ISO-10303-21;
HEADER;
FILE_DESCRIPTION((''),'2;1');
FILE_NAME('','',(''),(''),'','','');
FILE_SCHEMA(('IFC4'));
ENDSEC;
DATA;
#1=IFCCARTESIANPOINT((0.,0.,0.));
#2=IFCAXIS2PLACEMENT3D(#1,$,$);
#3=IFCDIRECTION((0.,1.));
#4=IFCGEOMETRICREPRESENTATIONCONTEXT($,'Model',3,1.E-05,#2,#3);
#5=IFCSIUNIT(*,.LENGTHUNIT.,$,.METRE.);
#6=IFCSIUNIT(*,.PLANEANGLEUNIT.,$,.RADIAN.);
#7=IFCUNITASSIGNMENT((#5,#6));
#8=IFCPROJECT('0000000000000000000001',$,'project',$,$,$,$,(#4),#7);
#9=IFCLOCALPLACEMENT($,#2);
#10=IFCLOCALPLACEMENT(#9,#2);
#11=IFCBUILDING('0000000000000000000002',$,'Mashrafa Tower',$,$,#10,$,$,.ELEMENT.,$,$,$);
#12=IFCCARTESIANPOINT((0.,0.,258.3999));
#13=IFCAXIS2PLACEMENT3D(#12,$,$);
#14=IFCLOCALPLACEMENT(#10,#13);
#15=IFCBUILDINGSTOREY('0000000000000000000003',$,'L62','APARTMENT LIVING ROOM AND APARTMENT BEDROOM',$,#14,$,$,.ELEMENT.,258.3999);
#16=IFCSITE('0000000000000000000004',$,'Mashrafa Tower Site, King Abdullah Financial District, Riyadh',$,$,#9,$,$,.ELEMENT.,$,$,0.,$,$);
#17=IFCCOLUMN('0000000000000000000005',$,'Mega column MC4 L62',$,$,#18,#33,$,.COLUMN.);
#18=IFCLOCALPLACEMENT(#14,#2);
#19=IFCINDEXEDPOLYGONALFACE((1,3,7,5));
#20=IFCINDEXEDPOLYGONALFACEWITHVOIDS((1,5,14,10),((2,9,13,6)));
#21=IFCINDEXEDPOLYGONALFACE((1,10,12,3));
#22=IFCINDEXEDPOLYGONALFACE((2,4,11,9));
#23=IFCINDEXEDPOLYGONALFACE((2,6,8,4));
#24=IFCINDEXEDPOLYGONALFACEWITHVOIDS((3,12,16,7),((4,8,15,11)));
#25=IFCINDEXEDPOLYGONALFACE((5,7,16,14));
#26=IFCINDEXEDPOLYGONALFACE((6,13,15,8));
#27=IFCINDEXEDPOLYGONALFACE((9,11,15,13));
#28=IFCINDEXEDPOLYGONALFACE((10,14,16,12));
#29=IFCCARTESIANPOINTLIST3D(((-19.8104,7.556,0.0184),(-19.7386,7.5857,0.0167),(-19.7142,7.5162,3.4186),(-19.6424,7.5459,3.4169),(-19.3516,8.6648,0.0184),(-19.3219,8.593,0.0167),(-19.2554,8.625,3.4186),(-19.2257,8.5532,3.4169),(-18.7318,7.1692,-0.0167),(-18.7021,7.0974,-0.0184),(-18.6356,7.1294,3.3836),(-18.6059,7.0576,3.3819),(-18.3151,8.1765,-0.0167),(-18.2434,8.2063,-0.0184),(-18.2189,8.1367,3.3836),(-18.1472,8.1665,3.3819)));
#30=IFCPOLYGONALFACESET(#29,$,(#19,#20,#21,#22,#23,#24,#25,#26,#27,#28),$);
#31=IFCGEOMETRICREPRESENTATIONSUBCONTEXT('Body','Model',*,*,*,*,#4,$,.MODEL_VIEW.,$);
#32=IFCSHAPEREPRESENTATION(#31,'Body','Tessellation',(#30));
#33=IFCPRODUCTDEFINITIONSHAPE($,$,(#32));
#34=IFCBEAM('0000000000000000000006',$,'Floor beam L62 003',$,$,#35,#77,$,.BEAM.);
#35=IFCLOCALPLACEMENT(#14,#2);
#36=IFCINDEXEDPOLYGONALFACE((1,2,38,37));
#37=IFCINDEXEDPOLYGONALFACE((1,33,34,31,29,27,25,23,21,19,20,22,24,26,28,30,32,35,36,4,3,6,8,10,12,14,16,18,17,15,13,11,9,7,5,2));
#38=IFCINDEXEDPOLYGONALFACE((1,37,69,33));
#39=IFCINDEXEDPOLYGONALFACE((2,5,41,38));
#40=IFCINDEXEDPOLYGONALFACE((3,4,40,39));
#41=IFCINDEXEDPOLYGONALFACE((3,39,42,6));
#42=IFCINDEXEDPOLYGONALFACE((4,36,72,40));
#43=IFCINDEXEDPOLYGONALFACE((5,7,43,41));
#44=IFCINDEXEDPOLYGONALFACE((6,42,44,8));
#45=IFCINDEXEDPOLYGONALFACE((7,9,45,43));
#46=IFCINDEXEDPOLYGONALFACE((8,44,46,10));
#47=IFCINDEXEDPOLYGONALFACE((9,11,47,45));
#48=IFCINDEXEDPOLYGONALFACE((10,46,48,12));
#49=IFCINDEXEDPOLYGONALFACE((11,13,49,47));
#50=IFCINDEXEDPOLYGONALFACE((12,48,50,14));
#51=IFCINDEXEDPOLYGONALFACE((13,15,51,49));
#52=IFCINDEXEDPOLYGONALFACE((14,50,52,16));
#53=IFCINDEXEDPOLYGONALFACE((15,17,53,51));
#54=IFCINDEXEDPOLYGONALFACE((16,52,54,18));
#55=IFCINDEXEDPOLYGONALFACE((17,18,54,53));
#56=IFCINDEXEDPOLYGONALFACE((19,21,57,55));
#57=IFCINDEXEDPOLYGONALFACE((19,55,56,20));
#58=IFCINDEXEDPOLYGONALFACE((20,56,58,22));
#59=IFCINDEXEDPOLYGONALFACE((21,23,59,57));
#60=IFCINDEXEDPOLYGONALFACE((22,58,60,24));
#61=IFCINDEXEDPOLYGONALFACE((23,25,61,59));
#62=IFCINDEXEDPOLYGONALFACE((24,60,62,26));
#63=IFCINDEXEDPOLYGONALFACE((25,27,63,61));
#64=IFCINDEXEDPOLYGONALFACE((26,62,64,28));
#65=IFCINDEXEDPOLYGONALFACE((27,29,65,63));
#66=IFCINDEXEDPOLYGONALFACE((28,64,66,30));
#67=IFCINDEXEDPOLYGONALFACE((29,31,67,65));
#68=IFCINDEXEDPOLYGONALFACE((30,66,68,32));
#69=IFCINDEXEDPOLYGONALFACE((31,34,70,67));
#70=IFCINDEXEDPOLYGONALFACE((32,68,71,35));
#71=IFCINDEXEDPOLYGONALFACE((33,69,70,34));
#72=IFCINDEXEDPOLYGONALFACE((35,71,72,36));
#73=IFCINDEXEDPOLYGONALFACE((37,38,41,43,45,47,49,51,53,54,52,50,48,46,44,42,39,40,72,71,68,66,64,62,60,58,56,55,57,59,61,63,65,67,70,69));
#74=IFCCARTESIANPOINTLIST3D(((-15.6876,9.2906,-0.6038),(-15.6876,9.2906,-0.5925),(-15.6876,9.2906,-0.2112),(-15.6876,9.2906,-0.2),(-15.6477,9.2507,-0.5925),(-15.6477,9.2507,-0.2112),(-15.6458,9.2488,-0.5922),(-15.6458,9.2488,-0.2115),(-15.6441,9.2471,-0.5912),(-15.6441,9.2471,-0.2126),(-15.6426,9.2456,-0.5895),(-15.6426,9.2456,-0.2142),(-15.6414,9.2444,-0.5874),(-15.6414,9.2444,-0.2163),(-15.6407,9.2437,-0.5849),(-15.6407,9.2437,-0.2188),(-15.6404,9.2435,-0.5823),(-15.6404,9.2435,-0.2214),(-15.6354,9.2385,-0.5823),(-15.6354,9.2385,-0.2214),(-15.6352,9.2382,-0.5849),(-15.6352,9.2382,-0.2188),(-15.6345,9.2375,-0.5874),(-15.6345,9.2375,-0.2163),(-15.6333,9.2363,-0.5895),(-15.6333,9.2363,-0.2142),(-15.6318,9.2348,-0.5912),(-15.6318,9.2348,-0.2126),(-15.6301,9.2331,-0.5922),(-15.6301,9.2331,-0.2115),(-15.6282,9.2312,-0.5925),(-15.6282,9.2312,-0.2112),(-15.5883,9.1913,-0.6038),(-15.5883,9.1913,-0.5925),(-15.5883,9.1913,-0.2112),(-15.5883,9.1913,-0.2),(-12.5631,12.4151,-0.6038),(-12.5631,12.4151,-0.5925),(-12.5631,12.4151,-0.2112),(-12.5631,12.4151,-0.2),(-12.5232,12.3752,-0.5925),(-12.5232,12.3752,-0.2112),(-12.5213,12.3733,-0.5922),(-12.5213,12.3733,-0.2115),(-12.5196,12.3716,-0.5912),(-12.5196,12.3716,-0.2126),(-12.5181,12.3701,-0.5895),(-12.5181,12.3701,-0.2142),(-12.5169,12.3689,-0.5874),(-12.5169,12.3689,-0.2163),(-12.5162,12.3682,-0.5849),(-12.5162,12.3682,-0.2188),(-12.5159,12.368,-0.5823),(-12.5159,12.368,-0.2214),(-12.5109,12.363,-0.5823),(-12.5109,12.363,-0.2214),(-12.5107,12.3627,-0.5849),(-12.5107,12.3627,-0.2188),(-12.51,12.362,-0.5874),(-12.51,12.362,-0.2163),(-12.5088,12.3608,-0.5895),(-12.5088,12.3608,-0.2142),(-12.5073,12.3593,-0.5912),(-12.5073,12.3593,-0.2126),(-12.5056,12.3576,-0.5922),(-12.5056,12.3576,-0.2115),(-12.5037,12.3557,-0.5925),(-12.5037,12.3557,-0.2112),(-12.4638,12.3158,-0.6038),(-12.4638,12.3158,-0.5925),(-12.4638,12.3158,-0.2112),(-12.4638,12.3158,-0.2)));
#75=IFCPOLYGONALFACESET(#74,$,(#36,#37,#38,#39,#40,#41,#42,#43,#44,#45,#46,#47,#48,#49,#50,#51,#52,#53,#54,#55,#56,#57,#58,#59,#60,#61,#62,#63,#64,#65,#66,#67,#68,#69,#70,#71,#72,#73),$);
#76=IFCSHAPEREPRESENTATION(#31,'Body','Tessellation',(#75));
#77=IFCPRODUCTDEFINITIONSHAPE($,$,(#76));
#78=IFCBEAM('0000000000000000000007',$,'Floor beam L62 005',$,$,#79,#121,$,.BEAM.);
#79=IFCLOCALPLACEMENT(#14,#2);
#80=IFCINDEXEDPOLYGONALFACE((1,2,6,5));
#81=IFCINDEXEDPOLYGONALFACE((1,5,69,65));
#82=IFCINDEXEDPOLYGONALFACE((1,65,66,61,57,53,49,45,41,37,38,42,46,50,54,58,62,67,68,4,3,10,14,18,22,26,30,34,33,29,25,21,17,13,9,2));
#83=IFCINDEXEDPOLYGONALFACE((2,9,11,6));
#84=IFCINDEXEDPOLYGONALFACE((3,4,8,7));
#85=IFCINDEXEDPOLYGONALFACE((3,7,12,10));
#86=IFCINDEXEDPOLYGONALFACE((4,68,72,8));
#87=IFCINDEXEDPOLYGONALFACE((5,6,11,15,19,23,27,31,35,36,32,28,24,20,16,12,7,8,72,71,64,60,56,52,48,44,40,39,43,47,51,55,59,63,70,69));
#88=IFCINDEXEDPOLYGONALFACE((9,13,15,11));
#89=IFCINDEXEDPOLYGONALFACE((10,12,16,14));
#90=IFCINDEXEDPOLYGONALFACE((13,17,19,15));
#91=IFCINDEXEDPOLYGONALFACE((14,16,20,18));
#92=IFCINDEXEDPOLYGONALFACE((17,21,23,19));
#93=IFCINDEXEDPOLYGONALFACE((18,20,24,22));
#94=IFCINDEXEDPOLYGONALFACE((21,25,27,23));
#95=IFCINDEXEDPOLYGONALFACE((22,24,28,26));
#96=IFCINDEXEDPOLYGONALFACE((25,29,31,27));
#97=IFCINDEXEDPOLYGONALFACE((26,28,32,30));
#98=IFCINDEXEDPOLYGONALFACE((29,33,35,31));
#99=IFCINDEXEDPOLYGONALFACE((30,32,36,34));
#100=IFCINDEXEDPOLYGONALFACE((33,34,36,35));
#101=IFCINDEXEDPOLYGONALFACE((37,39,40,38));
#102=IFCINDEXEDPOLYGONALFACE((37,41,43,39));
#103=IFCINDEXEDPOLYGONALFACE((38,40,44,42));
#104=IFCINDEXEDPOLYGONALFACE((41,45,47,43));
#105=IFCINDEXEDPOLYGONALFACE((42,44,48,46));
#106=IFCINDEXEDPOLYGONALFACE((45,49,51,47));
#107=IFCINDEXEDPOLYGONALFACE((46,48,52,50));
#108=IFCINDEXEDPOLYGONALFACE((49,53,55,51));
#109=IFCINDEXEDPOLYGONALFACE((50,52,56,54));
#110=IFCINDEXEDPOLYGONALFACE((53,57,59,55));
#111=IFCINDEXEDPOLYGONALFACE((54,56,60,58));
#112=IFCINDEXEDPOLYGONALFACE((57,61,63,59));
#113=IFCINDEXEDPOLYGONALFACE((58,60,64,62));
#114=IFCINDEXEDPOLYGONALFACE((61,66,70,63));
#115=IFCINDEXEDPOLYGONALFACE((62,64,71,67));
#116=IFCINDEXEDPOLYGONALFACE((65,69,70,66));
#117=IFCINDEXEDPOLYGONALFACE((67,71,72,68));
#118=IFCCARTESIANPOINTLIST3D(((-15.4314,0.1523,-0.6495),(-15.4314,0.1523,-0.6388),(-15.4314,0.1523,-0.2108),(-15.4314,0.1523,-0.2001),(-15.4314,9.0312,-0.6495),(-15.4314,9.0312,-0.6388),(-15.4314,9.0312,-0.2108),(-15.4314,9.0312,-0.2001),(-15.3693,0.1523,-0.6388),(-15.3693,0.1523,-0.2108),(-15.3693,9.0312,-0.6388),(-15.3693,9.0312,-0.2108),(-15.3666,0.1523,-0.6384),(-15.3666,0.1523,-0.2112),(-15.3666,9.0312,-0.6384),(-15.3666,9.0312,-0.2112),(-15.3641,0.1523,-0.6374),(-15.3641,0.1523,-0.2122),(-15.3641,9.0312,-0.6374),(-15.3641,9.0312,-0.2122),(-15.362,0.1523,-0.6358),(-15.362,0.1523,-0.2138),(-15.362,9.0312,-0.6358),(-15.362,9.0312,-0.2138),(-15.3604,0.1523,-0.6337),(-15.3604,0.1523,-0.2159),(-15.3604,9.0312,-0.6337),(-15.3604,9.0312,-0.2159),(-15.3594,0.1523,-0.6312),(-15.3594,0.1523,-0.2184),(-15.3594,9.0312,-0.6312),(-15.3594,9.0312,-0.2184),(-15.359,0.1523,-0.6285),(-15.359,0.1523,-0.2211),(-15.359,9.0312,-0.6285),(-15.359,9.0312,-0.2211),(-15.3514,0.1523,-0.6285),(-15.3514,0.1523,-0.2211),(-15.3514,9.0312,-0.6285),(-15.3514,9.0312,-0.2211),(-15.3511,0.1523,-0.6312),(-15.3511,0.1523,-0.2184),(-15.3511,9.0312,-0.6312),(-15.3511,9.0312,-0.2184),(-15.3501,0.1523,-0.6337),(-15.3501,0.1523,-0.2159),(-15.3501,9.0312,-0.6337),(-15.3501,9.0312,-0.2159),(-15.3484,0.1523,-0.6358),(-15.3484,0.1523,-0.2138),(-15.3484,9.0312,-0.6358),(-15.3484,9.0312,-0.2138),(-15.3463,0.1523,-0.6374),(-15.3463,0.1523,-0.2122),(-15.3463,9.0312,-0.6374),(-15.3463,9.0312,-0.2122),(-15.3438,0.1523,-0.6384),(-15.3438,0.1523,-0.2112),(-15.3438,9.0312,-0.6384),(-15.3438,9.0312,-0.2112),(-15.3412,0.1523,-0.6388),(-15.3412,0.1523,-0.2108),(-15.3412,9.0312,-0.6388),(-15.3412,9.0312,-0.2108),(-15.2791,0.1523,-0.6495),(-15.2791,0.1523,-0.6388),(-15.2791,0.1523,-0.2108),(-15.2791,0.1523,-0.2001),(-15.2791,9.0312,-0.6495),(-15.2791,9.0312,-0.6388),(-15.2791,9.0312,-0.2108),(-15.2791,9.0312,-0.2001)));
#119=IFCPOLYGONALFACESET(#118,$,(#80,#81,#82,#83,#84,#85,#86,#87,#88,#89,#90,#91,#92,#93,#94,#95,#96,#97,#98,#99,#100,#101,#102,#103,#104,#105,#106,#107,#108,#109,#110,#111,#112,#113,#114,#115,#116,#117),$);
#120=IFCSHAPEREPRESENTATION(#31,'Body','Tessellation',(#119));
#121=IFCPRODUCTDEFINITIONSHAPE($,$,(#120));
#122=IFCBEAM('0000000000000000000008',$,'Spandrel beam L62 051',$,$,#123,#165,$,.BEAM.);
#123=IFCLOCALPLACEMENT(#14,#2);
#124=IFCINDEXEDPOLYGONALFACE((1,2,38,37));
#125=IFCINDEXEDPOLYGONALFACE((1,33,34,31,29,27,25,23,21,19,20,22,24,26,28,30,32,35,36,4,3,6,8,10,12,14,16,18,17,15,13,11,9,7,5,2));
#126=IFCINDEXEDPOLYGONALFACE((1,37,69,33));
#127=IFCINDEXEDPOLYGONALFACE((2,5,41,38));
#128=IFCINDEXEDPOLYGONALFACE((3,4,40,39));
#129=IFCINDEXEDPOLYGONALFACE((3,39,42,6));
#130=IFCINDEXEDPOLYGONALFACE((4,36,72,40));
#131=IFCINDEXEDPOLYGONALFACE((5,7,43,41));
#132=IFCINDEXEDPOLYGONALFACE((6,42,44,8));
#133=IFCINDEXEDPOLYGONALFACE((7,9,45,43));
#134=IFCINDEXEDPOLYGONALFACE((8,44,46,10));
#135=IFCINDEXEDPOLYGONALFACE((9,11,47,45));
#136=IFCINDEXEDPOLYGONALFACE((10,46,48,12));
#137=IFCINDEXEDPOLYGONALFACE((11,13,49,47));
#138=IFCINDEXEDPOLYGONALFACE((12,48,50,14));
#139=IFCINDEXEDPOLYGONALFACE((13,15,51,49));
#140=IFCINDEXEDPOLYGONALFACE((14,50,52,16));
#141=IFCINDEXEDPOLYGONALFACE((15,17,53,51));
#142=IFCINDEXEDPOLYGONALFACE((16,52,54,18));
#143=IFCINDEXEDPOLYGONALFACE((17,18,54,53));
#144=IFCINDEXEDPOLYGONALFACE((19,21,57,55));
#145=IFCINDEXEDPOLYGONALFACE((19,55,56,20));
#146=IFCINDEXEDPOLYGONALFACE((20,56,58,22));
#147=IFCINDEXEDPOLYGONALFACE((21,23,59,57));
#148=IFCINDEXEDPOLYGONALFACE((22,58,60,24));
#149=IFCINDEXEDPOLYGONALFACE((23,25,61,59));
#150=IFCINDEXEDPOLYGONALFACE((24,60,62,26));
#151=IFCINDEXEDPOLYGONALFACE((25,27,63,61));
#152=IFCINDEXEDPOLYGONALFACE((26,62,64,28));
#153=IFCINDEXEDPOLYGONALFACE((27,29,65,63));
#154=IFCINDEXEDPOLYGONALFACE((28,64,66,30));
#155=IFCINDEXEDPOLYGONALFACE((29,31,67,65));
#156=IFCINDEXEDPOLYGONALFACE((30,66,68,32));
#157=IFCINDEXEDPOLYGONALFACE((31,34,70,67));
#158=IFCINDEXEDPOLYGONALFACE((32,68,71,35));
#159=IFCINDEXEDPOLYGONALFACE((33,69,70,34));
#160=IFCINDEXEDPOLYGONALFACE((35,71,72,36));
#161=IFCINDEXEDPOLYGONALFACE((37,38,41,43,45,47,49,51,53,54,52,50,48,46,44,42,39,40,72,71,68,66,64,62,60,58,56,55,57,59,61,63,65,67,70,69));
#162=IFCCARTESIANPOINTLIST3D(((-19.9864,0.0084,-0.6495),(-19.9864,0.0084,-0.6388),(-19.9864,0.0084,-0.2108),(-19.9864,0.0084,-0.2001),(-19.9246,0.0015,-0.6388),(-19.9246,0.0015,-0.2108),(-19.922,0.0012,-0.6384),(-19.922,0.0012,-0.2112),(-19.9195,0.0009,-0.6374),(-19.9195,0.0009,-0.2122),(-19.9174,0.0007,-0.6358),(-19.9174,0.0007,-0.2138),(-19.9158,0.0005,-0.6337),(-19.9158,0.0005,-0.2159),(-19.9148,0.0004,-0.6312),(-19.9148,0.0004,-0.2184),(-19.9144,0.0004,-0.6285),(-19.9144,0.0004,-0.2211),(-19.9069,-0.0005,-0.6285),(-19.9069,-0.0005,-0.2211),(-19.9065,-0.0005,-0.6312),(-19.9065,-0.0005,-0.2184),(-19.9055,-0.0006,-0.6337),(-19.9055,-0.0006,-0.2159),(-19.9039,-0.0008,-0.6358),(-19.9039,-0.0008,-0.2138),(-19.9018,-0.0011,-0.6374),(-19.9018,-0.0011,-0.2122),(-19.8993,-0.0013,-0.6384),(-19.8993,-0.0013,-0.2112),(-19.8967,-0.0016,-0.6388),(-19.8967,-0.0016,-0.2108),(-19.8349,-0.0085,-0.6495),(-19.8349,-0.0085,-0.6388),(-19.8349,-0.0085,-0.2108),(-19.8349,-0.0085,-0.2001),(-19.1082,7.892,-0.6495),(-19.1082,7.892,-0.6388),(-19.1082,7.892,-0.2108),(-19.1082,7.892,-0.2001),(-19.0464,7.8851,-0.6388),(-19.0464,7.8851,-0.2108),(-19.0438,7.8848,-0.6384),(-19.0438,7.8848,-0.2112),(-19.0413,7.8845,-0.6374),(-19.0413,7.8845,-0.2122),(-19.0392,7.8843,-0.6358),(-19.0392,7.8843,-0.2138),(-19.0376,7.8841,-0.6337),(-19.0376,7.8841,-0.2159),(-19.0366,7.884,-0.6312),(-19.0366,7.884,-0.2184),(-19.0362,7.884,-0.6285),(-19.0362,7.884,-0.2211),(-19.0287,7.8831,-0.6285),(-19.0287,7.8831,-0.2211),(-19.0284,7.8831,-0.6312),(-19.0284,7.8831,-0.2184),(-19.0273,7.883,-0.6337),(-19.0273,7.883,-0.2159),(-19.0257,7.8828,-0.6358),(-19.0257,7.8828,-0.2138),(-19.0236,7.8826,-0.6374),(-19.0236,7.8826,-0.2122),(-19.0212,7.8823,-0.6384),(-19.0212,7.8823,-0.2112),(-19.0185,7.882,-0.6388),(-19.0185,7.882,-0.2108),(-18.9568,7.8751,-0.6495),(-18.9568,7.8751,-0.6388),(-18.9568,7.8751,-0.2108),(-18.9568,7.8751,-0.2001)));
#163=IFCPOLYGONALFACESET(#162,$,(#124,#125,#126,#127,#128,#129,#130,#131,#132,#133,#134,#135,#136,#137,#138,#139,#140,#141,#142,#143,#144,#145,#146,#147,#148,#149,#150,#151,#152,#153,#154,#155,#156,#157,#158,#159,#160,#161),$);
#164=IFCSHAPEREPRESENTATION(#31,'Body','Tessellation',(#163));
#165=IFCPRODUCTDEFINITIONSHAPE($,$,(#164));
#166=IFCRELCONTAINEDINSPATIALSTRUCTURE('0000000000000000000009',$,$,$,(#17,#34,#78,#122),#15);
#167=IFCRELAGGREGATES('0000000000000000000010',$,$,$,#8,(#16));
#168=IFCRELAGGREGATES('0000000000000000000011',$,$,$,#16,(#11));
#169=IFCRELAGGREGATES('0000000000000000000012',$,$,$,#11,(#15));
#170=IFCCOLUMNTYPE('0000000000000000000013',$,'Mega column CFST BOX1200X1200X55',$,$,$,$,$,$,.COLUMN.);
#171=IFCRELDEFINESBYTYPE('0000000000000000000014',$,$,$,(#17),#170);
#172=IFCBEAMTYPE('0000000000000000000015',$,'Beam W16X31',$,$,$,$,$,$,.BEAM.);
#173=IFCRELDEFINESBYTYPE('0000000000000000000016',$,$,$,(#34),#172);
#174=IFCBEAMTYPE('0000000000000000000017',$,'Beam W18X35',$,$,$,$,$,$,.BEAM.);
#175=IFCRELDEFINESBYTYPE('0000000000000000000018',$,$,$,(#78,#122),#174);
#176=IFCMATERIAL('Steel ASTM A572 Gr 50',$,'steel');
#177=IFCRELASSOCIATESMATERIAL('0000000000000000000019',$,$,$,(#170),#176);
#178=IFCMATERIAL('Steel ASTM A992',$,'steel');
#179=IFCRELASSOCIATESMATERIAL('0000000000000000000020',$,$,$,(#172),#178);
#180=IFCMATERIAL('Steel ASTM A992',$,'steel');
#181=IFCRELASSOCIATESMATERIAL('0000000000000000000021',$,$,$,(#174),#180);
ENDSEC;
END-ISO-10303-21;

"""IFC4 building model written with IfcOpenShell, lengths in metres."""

from ifc_helpers import new_model, si_unit, direction, frame, origin, origin_2d, place, context, subcontext, project, spatial, hollow_rectangle, i_section, extrude, material, material_profile, profile_set, type_object, element, save


model = new_model("IFC4")

# Units and contexts
model_context = context("Model", 3, precision=1e-05, world=origin(), true_north=direction((0.0, 1.0)))
body_context = subcontext(model_context, "Body", "Model", "MODEL_VIEW")
ifc_project = project(units=[si_unit("LENGTHUNIT", "METRE"), si_unit("PLANEANGLEUNIT", "RADIAN")], contexts=[model_context])

# Site, building, storey
site_placement = place(None, origin())
site = spatial("IfcSite", under=ifc_project, at=site_placement, Name="Mashrafa Tower Site, King Abdullah Financial District, Riyadh", CompositionType="ELEMENT", RefElevation=0.0)
building_placement = place(site_placement, origin())
building = spatial("IfcBuilding", under=site, at=building_placement, Name="Mashrafa Tower", CompositionType="ELEMENT")
storey_placement = place(building_placement, frame((0.0, 0.0, 258.3999)))
storey = spatial("IfcBuildingStorey", under=building, at=storey_placement, Name="L62", Description="APARTMENT LIVING ROOM AND APARTMENT BEDROOM", CompositionType="ELEMENT", Elevation=258.3999)

# Column
ifc_material_1 = material(Name="Steel ASTM A572 Gr 50", Category="steel")
ifc_material_profile_1 = material_profile(ifc_material_1, hollow_rectangle(XDim=1.2, YDim=1.2, WallThickness=0.0549, at=origin_2d()), Name="BOX1200X1200X55")
ifc_profile_set_1 = profile_set([ifc_material_profile_1], Name="Steel ASTM A572 Gr 50")
column_type = type_object("IfcColumnType", Name="Mega column CFST BOX1200X1200X55", PredefinedType="COLUMN", material=ifc_profile_set_1)
column_placement = place(storey_placement, frame((-19.0269, 7.8811, 0.0), z_axis=(0.028277, -0.011698, 0.999532), x_axis=(0.382283, 0.924045, 0.0)))
element("IfcColumn", 1, at=column_placement, inside=storey, type_object=column_type, Name="Mega column MC4 L62", PredefinedType="COLUMN", context=body_context, shape_type="SweptSolid", body=[
    extrude(hollow_rectangle(XDim=1.2, YDim=1.2, WallThickness=0.0549, at=origin_2d()), origin(), (0.0, 0.0, 1.0), 3.4019),
])

# Beams
ifc_material_2 = material(Name="Steel ASTM A992", Category="steel")
ifc_material_profile_2 = material_profile(ifc_material_2, i_section(OverallWidth=0.1404, OverallDepth=0.4038, WebThickness=0.0071, FlangeThickness=0.0112, FilletRadius=0.0103, at=origin_2d()), Name="W16X31")
ifc_profile_set_2 = profile_set([ifc_material_profile_2], Name="Steel ASTM A992")
beam_type_1 = type_object("IfcBeamType", Name="Beam W16X31", PredefinedType="BEAM", material=ifc_profile_set_2)
beam_1_placement = place(storey_placement, frame((-15.6379, 9.241, -0.4019), z_axis=(0.707107, 0.707107, 0.0), x_axis=(-0.707107, 0.707107, 0.0)))
element("IfcBeam", 2, at=beam_1_placement, inside=storey, type_object=beam_type_1, Name="Floor beam L62 003", PredefinedType="BEAM", context=body_context, shape_type="SweptSolid", body=[
    extrude(i_section(OverallWidth=0.1404, OverallDepth=0.4038, WebThickness=0.0071, FlangeThickness=0.0112, FilletRadius=0.0103, at=origin_2d()), origin(), (0.0, 0.0, 1.0), 4.4187),
])
ifc_material_3 = material(Name="Steel ASTM A992", Category="steel")
ifc_material_profile_3 = material_profile(ifc_material_3, i_section(OverallWidth=0.1523, OverallDepth=0.4495, WebThickness=0.0076, FlangeThickness=0.0107, FilletRadius=0.0103, at=origin_2d()), Name="W18X35")
ifc_profile_set_3 = profile_set([ifc_material_profile_3], Name="Steel ASTM A992")
beam_type_2 = type_object("IfcBeamType", Name="Beam W18X35", PredefinedType="BEAM", material=ifc_profile_set_3)
beam_2_placement = place(storey_placement, frame((-15.3552, 0.1523, -0.4248), z_axis=(0.0, 1.0, 0.0), x_axis=(-1.0, 0.0, 0.0)))
element("IfcBeam", 3, at=beam_2_placement, inside=storey, type_object=beam_type_2, Name="Floor beam L62 005", PredefinedType="BEAM", context=body_context, shape_type="SweptSolid", body=[
    extrude(i_section(OverallWidth=0.1523, OverallDepth=0.4495, WebThickness=0.0076, FlangeThickness=0.0107, FilletRadius=0.0103, at=origin_2d()), origin(), (0.0, 0.0, 1.0), 8.8789),
])
beam_3_placement = place(storey_placement, frame((-19.0325, 7.8835, -0.4248), z_axis=(-0.110709, -0.993853, 0.0), x_axis=(0.993853, -0.110709, 0.0)))
element("IfcBeam", 4, at=beam_3_placement, inside=storey, type_object=beam_type_2, Name="Spandrel beam L62 051", PredefinedType="BEAM", context=body_context, shape_type="SweptSolid", body=[
    extrude(i_section(OverallWidth=0.1523, OverallDepth=0.4495, WebThickness=0.0076, FlangeThickness=0.0107, FilletRadius=0.0103, at=origin_2d()), origin(), (0.0, 0.0, 1.0), 7.9324),
])

save(model, "model.ifc")
